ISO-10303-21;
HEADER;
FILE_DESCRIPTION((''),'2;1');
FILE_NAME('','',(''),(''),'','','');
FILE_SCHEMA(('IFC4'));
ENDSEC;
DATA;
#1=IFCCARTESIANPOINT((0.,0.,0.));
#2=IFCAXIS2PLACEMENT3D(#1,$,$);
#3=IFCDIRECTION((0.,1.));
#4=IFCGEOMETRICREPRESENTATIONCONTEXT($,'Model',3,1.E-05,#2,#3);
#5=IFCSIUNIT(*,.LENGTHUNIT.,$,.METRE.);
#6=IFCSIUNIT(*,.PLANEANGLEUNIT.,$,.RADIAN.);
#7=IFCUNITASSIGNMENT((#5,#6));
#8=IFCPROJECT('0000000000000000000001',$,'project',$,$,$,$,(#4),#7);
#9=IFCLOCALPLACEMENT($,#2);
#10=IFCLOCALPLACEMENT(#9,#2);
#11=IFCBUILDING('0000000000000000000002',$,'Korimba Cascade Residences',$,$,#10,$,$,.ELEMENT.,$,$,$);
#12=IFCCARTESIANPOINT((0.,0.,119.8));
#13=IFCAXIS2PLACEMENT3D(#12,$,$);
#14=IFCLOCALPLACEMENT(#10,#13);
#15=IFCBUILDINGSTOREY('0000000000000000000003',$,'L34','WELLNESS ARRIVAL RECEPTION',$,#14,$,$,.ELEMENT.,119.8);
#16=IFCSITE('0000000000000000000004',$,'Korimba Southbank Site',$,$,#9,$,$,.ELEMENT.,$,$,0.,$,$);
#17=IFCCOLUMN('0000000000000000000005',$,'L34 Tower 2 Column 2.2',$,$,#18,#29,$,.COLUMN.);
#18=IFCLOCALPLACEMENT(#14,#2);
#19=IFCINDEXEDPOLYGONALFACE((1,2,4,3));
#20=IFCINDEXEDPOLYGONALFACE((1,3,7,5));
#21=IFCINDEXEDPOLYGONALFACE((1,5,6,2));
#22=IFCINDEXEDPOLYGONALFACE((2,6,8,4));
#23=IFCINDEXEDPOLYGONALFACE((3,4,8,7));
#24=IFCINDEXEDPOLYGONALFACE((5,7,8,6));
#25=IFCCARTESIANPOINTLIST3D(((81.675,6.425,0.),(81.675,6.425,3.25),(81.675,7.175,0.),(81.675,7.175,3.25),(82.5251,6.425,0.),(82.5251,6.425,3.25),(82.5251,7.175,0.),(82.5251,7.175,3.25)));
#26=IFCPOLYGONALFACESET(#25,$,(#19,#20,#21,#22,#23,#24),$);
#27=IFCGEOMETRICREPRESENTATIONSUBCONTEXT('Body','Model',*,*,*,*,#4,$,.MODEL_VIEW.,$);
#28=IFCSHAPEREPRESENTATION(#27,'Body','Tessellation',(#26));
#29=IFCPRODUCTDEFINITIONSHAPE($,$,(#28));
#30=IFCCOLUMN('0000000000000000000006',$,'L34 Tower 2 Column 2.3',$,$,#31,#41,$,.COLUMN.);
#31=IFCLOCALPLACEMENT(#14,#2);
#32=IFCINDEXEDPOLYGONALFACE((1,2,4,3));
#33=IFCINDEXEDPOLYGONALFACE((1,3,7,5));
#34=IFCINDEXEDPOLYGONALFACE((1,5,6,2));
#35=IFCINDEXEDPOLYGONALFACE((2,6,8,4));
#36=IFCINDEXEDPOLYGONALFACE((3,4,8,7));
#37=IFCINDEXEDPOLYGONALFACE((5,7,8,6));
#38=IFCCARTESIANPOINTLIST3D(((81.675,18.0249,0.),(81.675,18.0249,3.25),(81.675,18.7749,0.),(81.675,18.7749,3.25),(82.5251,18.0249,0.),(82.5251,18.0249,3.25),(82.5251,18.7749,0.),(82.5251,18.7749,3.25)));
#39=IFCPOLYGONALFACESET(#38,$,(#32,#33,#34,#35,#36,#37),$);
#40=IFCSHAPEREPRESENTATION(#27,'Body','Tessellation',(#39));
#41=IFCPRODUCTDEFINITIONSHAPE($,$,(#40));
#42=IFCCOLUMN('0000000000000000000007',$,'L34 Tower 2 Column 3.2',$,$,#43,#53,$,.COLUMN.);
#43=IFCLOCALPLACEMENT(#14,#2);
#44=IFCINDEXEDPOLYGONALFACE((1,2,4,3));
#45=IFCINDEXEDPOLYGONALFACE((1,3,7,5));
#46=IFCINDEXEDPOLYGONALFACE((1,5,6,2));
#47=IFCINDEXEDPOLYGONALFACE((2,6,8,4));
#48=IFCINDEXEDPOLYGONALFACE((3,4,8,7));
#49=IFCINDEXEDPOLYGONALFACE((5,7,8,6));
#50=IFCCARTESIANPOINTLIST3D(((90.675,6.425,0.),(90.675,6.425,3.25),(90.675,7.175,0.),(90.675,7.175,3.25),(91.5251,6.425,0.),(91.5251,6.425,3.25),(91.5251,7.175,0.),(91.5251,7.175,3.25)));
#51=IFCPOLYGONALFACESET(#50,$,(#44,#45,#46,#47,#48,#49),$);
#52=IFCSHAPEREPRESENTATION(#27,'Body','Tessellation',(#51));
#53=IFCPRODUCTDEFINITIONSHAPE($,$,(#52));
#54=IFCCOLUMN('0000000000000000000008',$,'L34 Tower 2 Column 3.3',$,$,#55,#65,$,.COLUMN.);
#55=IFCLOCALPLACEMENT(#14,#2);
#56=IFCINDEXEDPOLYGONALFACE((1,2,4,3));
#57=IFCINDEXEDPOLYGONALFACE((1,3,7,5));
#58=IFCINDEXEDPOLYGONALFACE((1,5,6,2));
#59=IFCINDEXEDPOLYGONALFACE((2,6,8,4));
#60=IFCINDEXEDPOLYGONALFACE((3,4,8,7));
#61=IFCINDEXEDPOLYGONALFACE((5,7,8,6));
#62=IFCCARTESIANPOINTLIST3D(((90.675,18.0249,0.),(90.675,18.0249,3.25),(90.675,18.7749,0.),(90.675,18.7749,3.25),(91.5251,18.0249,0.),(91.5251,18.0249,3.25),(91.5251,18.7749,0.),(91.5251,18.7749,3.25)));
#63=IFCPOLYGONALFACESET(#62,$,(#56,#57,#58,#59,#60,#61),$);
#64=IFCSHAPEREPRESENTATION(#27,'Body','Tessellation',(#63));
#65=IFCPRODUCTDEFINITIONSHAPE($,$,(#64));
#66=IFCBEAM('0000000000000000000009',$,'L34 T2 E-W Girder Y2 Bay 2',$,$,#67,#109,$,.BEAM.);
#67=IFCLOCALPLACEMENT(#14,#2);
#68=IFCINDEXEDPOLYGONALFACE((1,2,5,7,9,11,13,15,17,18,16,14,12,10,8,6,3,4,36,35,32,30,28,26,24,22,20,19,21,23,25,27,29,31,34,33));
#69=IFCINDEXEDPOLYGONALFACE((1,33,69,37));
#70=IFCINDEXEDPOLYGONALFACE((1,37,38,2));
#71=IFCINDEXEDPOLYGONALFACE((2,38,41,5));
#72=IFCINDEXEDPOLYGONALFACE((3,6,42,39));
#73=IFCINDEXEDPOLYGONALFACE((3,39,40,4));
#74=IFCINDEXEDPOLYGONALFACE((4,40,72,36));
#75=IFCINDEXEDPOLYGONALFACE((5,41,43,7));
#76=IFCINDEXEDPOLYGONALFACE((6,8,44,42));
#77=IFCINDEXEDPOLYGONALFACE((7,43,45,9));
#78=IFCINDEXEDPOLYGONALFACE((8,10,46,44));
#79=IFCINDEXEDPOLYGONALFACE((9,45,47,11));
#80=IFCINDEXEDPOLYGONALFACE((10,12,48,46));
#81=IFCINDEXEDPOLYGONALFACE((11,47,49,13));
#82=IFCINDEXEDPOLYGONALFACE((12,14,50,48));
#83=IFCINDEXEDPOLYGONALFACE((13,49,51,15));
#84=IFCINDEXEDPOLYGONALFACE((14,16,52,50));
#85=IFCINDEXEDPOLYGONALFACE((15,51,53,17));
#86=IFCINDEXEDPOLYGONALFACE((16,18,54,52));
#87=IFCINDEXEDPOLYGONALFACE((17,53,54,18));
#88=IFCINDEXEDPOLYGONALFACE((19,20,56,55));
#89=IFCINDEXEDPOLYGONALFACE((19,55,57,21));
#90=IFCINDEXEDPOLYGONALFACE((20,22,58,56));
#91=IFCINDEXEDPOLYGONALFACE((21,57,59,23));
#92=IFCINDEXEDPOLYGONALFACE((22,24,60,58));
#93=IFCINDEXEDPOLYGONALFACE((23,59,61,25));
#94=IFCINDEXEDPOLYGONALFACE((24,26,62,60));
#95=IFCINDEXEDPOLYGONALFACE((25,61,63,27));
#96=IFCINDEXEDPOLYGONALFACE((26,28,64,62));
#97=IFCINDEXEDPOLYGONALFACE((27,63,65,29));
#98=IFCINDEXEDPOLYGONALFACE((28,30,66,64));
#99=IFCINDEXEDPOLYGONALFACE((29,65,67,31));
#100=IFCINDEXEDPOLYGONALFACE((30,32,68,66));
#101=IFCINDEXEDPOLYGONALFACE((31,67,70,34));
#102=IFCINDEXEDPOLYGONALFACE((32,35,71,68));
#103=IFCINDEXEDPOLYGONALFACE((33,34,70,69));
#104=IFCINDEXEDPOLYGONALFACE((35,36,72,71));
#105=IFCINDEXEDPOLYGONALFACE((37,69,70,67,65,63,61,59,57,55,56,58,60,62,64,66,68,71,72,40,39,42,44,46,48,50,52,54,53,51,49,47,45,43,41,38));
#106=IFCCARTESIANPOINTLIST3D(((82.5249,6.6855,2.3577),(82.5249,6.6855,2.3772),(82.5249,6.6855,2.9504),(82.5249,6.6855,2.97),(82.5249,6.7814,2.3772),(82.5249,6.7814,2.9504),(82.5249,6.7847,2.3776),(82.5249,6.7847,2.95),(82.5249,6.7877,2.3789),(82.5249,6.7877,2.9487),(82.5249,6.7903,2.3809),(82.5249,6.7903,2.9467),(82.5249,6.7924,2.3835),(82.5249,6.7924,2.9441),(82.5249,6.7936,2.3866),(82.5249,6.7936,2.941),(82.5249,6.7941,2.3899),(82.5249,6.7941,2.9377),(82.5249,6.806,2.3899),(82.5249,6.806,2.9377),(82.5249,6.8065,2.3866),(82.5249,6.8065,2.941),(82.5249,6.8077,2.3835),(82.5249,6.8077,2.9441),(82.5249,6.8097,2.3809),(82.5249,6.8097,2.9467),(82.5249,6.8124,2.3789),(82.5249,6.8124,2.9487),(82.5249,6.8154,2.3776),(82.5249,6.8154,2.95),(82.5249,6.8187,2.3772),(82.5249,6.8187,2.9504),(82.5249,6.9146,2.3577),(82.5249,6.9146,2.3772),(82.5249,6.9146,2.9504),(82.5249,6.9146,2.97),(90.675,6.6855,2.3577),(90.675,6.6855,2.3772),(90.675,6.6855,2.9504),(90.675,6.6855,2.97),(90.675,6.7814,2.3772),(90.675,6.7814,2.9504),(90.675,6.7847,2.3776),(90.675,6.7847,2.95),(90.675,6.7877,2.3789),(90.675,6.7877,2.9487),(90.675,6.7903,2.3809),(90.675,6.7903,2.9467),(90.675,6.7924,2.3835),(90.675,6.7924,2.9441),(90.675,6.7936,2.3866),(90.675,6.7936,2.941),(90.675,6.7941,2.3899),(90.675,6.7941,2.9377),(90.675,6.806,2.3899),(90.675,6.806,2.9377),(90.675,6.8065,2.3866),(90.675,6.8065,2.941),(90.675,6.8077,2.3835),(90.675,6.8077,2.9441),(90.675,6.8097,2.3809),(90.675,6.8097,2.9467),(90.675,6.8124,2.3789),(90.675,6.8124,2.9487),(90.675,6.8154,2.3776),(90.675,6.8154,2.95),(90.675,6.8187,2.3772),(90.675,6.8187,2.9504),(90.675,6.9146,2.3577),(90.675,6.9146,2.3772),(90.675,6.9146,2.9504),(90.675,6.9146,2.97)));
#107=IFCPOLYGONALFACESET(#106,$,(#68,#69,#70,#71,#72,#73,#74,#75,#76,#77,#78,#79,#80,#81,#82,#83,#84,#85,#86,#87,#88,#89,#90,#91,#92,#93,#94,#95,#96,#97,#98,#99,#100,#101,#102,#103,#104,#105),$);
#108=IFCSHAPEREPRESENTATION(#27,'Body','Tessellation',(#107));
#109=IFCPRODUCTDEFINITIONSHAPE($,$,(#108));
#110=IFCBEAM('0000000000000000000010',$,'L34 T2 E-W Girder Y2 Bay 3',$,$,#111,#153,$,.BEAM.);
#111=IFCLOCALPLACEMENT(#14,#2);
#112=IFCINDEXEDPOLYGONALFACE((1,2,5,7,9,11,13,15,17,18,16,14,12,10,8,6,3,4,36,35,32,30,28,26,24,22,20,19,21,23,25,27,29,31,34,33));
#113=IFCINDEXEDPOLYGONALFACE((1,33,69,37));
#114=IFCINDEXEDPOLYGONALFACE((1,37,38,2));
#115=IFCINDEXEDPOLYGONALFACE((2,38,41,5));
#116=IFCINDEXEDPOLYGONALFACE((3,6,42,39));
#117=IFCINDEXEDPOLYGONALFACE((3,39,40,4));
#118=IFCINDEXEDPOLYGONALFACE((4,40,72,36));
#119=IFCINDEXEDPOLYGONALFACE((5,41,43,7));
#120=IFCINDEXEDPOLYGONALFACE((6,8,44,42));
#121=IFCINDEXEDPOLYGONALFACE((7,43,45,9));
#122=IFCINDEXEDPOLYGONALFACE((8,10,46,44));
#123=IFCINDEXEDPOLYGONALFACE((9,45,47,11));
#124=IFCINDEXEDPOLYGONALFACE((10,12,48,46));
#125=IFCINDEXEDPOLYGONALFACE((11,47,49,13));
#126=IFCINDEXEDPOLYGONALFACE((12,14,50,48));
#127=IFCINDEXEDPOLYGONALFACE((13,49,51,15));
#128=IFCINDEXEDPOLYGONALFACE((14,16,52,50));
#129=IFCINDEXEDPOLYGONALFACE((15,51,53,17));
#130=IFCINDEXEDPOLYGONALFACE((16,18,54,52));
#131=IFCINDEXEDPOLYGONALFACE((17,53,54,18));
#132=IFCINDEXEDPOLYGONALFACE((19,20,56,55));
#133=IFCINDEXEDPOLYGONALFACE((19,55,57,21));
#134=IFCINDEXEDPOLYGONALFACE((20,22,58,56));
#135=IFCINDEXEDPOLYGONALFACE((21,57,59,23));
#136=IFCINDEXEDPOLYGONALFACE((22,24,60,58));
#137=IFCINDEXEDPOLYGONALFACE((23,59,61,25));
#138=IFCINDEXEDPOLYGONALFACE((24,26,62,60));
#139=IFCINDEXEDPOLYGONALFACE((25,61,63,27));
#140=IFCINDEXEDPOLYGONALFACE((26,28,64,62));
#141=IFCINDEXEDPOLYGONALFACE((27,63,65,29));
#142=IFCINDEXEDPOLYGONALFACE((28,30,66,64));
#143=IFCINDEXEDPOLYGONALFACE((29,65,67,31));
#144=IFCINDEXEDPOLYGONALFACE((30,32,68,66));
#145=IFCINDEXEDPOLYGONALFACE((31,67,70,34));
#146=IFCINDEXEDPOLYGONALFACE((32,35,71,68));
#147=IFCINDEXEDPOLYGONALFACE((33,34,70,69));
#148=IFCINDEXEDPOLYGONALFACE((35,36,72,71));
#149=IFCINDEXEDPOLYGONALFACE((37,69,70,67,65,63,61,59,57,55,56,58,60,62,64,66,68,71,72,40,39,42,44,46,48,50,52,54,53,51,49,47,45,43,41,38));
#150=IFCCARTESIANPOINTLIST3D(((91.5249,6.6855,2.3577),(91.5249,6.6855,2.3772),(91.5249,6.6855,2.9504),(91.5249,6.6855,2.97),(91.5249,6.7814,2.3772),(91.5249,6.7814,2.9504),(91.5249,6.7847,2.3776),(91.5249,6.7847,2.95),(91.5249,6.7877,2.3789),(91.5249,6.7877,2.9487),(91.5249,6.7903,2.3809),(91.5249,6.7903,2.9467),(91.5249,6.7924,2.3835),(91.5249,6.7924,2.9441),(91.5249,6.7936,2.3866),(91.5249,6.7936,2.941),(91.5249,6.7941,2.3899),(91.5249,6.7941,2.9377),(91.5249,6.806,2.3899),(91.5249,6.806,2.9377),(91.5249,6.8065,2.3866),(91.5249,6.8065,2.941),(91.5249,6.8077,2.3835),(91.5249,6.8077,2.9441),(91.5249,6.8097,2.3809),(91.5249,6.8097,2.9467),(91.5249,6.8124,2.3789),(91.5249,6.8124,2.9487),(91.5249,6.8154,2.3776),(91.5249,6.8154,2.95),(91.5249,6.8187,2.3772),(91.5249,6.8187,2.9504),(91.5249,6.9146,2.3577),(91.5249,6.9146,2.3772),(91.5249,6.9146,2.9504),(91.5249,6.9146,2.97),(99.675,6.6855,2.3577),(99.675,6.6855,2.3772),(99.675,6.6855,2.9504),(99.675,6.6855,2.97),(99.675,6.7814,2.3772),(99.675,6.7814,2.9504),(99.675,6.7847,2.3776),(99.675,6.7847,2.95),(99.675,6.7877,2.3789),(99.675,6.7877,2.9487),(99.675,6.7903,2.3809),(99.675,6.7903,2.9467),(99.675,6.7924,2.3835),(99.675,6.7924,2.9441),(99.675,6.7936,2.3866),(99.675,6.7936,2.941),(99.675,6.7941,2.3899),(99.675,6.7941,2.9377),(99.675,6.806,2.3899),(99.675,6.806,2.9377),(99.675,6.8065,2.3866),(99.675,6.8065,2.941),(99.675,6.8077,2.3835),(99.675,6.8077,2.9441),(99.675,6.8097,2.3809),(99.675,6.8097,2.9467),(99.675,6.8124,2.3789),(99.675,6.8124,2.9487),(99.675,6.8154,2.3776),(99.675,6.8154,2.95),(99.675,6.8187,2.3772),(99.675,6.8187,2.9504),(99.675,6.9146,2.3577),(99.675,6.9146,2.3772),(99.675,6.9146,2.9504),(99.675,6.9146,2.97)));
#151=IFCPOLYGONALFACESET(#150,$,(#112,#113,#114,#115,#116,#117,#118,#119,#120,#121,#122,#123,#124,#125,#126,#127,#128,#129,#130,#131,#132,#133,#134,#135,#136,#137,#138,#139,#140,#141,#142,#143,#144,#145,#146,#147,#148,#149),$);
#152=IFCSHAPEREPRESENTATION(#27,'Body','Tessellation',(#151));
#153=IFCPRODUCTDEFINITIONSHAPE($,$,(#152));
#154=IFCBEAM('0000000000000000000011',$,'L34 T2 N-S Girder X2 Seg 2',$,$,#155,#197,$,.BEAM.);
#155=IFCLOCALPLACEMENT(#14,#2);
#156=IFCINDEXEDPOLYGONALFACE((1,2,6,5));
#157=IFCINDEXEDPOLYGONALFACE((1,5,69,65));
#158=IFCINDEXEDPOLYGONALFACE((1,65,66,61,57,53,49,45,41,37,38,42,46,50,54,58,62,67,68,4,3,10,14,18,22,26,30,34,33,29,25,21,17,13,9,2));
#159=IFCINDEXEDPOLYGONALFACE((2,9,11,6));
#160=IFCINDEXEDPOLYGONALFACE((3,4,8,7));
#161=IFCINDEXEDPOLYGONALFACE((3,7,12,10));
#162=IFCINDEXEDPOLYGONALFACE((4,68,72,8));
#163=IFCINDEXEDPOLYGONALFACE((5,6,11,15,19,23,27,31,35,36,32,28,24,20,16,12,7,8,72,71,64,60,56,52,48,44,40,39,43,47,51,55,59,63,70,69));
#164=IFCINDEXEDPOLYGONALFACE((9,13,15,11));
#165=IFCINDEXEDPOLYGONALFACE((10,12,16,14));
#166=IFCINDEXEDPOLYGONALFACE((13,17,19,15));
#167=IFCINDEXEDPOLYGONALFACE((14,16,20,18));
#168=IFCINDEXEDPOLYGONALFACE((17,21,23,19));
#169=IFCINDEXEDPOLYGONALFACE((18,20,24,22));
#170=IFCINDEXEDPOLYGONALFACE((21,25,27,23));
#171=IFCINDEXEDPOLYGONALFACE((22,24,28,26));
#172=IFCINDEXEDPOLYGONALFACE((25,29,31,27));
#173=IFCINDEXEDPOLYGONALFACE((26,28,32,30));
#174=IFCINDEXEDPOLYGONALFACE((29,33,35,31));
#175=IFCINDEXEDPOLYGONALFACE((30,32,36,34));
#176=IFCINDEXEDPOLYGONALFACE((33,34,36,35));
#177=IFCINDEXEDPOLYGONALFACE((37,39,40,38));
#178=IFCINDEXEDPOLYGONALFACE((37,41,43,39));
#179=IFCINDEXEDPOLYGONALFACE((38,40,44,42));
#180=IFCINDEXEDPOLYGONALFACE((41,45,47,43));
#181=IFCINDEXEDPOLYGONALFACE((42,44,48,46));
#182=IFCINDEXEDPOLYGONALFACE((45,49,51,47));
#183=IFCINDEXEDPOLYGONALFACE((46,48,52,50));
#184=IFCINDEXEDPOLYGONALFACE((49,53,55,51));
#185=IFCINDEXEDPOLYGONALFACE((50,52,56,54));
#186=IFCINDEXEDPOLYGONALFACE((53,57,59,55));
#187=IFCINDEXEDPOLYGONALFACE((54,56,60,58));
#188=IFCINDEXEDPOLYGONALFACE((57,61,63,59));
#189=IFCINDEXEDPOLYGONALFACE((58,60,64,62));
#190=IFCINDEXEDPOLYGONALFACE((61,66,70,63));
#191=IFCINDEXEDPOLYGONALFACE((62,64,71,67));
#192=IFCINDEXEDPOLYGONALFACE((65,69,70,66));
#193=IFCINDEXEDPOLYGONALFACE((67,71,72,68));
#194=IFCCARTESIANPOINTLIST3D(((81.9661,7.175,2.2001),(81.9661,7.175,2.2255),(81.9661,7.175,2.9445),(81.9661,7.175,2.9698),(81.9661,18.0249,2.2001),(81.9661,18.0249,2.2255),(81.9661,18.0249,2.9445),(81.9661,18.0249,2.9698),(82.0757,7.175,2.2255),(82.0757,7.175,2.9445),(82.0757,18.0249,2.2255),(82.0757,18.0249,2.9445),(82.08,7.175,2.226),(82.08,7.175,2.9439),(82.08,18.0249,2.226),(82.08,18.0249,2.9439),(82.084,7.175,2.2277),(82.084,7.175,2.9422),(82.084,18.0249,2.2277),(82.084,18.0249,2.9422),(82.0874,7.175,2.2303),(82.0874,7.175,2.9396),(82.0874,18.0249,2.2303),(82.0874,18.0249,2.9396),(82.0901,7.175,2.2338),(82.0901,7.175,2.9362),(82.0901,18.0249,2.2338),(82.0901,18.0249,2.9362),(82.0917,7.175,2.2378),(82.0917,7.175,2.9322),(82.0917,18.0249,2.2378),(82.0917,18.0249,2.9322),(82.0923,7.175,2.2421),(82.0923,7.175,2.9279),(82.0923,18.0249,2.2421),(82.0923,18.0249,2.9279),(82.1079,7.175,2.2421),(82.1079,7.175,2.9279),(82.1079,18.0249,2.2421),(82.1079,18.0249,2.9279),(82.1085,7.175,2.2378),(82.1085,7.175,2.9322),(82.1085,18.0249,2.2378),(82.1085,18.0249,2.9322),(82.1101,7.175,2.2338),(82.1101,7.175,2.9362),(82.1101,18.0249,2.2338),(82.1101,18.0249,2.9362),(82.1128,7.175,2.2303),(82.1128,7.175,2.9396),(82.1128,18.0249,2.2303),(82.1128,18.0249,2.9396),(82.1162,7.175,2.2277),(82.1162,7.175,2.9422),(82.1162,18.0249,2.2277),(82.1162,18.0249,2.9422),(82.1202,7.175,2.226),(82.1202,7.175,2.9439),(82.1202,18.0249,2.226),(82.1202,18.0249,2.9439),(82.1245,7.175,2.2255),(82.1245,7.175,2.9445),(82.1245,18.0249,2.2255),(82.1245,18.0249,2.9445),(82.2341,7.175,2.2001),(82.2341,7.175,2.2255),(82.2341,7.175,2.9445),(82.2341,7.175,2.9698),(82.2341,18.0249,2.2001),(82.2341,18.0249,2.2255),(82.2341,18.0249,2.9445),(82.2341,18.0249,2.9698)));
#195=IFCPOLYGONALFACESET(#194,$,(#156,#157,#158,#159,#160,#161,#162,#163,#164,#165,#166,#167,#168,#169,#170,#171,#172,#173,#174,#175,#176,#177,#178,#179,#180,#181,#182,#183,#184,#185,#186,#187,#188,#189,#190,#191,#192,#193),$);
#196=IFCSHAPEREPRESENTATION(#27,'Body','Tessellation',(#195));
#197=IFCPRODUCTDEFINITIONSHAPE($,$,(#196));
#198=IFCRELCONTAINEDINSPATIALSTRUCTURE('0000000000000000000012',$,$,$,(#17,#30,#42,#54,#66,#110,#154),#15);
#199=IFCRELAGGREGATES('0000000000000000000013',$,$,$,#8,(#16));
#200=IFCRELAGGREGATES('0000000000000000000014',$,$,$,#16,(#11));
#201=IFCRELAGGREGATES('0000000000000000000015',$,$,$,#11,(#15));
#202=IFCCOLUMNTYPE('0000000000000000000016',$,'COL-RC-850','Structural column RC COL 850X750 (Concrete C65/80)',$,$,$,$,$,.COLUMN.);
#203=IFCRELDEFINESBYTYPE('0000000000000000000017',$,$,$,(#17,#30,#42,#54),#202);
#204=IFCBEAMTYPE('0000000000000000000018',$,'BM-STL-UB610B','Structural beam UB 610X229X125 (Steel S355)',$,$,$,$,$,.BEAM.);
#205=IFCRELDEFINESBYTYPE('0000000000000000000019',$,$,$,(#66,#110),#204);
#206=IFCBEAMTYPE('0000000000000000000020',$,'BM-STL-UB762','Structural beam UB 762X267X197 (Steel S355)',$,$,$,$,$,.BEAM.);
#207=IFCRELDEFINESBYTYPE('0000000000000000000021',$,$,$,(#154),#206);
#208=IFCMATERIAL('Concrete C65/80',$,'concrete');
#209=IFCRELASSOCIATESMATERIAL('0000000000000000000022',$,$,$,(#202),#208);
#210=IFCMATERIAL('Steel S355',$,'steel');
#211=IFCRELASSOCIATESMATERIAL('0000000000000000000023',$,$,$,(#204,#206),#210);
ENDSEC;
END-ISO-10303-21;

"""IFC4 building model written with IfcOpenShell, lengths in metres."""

from ifc_helpers import new_model, si_unit, direction, frame, origin, origin_2d, place, context, subcontext, project, spatial, rectangle, i_section, extrude, material, material_profile, profile_set, type_object, element, save


model = new_model("IFC4")

# Units and contexts
model_context = context("Model", 3, precision=1e-05, world=origin(), true_north=direction((0.0, 1.0)))
body_context = subcontext(model_context, "Body", "Model", "MODEL_VIEW")
ifc_project = project(units=[si_unit("LENGTHUNIT", "METRE"), si_unit("PLANEANGLEUNIT", "RADIAN")], contexts=[model_context])

# Site, building, storey
site_placement = place(None, origin())
site = spatial("IfcSite", under=ifc_project, at=site_placement, Name="Korimba Southbank Site", CompositionType="ELEMENT", RefElevation=0.0)
building_placement = place(site_placement, origin())
building = spatial("IfcBuilding", under=site, at=building_placement, Name="Korimba Cascade Residences", CompositionType="ELEMENT")
storey_placement = place(building_placement, frame((0.0, 0.0, 119.8)))
storey = spatial("IfcBuildingStorey", under=building, at=storey_placement, Name="L34", Description="WELLNESS ARRIVAL RECEPTION", CompositionType="ELEMENT", Elevation=119.8)

# Columns
ifc_material_1 = material(Name="Concrete C65/80", Category="concrete")
ifc_material_profile_1 = material_profile(ifc_material_1, rectangle(XDim=0.8501, YDim=0.75, at=origin_2d()), Name="Concrete C65/80")
ifc_profile_set_1 = profile_set([ifc_material_profile_1], Name="Concrete C65/80")
column_type = type_object("IfcColumnType", Name="COL-RC-850", Description="Structural column RC COL 850X750 (Concrete C65/80)", PredefinedType="COLUMN", material=ifc_profile_set_1)
for number, where, z_axis, x_axis, name in (
    (1, (82.1001, 6.8, 0.0), (0.0, 0.0, 1.0), (1.0, 0.0, 0.0), "L34 Tower 2 Column 2.2"),
    (2, (82.1001, 18.3999, 0.0), (0.0, 0.0, 1.0), (1.0, 0.0, 0.0), "L34 Tower 2 Column 2.3"),
    (3, (91.1001, 6.8, 0.0), (0.0, 0.0, 1.0), (1.0, 0.0, 0.0), "L34 Tower 2 Column 3.2"),
    (4, (91.1001, 18.3999, 0.0), (0.0, 0.0, 1.0), (1.0, 0.0, 0.0), "L34 Tower 2 Column 3.3"),
):
    element("IfcColumn", number, at=place(storey_placement, frame(where, z_axis=z_axis, x_axis=x_axis)), inside=storey, type_object=column_type, Name=name, PredefinedType="COLUMN", context=body_context, shape_type="SweptSolid", body=[
        extrude(rectangle(XDim=0.8501, YDim=0.75, at=origin_2d()), origin(), (0.0, 0.0, 1.0), 3.25),
    ])

# Beams
ifc_material_2 = material(Name="Steel S355", Category="steel")
ifc_material_profile_2 = material_profile(ifc_material_2, i_section(OverallWidth=0.229, OverallDepth=0.6123, WebThickness=0.012, FlangeThickness=0.0195, FilletRadius=0.0127, at=origin_2d()), Name="Steel S355")
ifc_profile_set_2 = profile_set([ifc_material_profile_2], Name="Steel S355")
beam_type_1 = type_object("IfcBeamType", Name="BM-STL-UB610B", Description="Structural beam UB 610X229X125 (Steel S355)", PredefinedType="BEAM", material=ifc_profile_set_2)
for number, where, z_axis, x_axis, name in (
    (5, (82.5249, 6.8, 2.6638), (1.0, 0.0, 0.0), (0.0, 1.0, 0.0), "L34 T2 E-W Girder Y2 Bay 2"),
    (6, (91.5249, 6.8, 2.6638), (1.0, 0.0, 0.0), (0.0, 1.0, 0.0), "L34 T2 E-W Girder Y2 Bay 3"),
):
    element("IfcBeam", number, at=place(storey_placement, frame(where, z_axis=z_axis, x_axis=x_axis)), inside=storey, type_object=beam_type_1, Name=name, PredefinedType="BEAM", context=body_context, shape_type="SweptSolid", body=[
        extrude(i_section(OverallWidth=0.229, OverallDepth=0.6123, WebThickness=0.012, FlangeThickness=0.0195, FilletRadius=0.0127, at=origin_2d()), origin(), (0.0, 0.0, 1.0), 8.1501),
    ])
ifc_material_profile_3 = material_profile(ifc_material_2, i_section(OverallWidth=0.2681, OverallDepth=0.7698, WebThickness=0.0156, FlangeThickness=0.0254, FilletRadius=0.0166, at=origin_2d()), Name="Steel S355")
ifc_profile_set_3 = profile_set([ifc_material_profile_3], Name="Steel S355")
beam_type_2 = type_object("IfcBeamType", Name="BM-STL-UB762", Description="Structural beam UB 762X267X197 (Steel S355)", PredefinedType="BEAM", material=ifc_profile_set_3)
for number, where, z_axis, x_axis, name in (
    (7, (82.1001, 7.175, 2.585), (0.0, 1.0, 0.0), (-1.0, 0.0, 0.0), "L34 T2 N-S Girder X2 Seg 2"),
):
    element("IfcBeam", number, at=place(storey_placement, frame(where, z_axis=z_axis, x_axis=x_axis)), inside=storey, type_object=beam_type_2, Name=name, PredefinedType="BEAM", context=body_context, shape_type="SweptSolid", body=[
        extrude(i_section(OverallWidth=0.2681, OverallDepth=0.7698, WebThickness=0.0156, FlangeThickness=0.0254, FilletRadius=0.0166, at=origin_2d()), origin(), (0.0, 0.0, 1.0), 10.8499),
    ])

save(model, "model.ifc")
